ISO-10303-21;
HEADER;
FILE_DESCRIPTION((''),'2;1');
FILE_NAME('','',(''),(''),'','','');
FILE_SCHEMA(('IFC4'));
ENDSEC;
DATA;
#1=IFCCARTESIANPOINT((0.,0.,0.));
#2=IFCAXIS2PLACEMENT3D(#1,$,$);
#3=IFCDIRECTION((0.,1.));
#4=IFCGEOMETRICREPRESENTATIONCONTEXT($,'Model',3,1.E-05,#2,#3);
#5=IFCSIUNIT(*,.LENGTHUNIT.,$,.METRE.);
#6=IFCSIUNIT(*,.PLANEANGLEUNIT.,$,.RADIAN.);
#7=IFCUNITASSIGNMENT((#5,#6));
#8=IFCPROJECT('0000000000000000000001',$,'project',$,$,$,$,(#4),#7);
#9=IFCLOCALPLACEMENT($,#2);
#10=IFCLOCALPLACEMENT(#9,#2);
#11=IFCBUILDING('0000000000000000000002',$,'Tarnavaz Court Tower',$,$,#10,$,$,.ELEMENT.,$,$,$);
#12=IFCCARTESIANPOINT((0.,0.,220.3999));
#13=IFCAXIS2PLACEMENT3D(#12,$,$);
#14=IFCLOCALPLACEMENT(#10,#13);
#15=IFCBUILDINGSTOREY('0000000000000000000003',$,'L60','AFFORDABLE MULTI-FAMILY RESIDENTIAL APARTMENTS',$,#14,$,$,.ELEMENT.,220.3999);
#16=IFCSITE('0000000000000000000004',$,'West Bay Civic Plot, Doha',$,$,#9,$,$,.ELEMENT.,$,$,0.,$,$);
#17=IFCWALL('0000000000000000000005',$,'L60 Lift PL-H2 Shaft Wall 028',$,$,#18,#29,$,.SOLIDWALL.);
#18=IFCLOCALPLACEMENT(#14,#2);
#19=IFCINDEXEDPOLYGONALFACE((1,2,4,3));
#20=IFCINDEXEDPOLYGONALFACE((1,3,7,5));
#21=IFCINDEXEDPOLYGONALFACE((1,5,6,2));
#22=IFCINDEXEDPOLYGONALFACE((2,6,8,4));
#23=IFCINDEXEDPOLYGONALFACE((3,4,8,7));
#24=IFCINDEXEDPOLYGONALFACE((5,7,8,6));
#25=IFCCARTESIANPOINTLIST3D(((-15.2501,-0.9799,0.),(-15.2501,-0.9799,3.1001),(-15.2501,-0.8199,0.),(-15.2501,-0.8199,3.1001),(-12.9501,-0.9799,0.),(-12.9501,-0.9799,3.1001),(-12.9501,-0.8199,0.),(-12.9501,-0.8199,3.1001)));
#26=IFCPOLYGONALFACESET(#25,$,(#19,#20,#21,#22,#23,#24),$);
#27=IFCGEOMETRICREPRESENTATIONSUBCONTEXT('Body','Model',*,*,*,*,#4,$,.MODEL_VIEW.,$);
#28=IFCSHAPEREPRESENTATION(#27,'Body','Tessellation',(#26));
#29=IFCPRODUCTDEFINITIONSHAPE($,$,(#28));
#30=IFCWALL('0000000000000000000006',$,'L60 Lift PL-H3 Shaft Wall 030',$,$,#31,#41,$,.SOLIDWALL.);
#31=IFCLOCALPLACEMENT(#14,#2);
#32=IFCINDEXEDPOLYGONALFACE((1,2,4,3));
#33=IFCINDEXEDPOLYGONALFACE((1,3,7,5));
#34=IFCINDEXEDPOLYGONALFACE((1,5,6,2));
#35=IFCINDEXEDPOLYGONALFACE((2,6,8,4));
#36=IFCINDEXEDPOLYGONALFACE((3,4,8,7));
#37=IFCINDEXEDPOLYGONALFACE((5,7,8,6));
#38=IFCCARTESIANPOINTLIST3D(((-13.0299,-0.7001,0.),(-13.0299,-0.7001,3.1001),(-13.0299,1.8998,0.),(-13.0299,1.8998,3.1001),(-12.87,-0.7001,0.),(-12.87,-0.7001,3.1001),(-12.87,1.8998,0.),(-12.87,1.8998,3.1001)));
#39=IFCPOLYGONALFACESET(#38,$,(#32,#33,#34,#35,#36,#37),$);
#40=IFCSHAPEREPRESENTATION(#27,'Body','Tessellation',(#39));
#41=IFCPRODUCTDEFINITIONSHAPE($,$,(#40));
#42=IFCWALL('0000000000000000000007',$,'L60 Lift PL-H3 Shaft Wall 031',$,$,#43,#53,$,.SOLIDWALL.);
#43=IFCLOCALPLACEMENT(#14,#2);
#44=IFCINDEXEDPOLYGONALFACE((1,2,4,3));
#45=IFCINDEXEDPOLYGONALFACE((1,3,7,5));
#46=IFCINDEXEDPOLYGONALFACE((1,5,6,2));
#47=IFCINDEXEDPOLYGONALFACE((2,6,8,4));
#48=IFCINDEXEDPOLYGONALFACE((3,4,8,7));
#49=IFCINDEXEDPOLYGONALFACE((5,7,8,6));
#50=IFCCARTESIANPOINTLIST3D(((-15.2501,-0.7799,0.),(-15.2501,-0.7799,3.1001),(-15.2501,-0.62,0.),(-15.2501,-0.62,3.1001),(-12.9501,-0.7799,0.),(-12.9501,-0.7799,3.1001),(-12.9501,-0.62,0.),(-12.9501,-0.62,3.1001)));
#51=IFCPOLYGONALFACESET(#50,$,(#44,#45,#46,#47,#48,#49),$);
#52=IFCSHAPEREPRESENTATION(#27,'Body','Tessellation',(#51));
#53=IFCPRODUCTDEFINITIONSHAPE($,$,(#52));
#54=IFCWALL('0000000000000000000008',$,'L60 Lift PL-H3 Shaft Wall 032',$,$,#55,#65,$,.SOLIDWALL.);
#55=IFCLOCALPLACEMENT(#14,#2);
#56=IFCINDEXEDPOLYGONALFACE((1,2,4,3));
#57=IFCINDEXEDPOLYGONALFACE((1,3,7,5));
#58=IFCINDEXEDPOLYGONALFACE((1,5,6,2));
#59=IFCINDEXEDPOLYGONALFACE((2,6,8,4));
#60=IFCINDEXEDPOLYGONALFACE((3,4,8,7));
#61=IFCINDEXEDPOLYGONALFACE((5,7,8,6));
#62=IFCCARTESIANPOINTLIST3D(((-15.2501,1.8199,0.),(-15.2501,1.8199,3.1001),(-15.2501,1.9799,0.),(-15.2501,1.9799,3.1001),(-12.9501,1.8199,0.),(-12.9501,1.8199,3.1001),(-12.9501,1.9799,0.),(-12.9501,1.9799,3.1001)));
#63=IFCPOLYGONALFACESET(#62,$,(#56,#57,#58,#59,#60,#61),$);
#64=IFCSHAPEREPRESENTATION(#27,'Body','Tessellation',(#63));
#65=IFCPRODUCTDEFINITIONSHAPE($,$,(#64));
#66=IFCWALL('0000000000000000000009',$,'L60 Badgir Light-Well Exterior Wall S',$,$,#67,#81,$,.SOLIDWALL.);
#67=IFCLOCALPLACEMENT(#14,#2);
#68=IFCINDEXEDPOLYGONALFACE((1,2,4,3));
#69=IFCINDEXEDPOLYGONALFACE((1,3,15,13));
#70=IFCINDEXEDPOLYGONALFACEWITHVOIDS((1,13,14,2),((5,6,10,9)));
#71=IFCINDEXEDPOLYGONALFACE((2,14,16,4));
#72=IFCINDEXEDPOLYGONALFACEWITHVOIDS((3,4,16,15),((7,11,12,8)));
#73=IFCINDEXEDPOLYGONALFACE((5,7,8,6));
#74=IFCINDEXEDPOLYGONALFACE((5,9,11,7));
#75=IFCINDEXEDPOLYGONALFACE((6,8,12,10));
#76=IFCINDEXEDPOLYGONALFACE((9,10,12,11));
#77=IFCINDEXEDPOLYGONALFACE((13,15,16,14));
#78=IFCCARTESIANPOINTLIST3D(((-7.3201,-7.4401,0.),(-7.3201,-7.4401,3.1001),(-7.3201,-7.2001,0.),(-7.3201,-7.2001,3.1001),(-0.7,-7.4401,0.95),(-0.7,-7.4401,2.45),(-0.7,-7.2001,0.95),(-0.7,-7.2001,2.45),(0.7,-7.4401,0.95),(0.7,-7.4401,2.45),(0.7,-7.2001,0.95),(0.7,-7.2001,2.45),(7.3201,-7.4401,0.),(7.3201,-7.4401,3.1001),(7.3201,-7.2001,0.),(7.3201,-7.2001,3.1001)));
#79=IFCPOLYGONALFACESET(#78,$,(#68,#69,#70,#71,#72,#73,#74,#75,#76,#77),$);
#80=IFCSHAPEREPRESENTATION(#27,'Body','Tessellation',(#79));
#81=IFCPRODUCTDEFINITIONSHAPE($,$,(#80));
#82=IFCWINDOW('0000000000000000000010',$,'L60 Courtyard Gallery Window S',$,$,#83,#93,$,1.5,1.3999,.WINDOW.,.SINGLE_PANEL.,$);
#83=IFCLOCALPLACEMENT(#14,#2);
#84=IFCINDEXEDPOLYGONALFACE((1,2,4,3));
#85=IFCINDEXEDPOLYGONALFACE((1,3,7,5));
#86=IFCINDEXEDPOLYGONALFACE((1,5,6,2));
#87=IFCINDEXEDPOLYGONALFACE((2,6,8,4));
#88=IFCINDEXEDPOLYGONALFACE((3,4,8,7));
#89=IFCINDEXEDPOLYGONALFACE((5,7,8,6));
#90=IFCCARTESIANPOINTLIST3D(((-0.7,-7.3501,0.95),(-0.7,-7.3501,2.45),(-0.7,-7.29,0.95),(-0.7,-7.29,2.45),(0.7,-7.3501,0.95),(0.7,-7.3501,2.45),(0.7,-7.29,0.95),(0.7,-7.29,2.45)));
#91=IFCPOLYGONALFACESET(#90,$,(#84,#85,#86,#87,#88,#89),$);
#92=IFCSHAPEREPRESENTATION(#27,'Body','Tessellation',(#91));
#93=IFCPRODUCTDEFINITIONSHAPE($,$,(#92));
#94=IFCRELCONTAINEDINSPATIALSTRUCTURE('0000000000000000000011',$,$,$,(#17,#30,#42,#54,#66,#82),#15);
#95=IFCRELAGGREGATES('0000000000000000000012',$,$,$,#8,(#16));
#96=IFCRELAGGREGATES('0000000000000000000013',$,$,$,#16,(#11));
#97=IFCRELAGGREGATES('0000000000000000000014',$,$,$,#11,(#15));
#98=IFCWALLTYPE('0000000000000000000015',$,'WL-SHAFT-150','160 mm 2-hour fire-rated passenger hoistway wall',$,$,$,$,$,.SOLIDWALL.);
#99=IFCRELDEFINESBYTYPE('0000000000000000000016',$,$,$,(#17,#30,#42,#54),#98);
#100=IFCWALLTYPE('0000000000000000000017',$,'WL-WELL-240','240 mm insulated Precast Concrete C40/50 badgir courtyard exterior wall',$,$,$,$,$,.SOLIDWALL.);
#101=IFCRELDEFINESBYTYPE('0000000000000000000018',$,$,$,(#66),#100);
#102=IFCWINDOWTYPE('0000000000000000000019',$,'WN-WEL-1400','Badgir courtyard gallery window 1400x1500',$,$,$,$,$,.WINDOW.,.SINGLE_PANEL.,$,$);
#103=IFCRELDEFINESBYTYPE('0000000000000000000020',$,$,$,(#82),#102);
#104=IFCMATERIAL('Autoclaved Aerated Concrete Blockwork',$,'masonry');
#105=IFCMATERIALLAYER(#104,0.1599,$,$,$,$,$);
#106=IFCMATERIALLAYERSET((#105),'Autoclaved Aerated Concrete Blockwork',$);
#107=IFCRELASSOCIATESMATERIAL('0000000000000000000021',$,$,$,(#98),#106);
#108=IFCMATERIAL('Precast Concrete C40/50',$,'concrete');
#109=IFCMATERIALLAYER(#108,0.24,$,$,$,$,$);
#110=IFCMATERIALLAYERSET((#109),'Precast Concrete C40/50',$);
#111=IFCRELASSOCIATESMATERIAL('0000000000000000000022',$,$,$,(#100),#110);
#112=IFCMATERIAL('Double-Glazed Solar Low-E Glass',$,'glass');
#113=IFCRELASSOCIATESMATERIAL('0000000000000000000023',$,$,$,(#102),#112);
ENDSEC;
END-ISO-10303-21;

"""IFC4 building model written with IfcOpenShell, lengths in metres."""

from ifc_helpers import new_model, si_unit, direction, frame, frame_2d, origin, place, context, subcontext, project, spatial, rectangle, extrude, material, layer, layer_set, type_object, element, fill, save


model = new_model("IFC4")

# Units and contexts
model_context = context("Model", 3, precision=1e-05, world=origin(), true_north=direction((0.0, 1.0)))
body_context = subcontext(model_context, "Body", "Model", "MODEL_VIEW")
ifc_project = project(units=[si_unit("LENGTHUNIT", "METRE"), si_unit("PLANEANGLEUNIT", "RADIAN")], contexts=[model_context])

# Site, building, storey
site_placement = place(None, origin())
site = spatial("IfcSite", under=ifc_project, at=site_placement, Name="West Bay Civic Plot, Doha", CompositionType="ELEMENT", RefElevation=0.0)
building_placement = place(site_placement, origin())
building = spatial("IfcBuilding", under=site, at=building_placement, Name="Tarnavaz Court Tower", CompositionType="ELEMENT")
storey_placement = place(building_placement, frame((0.0, 0.0, 220.3999)))
storey = spatial("IfcBuildingStorey", under=building, at=storey_placement, Name="L60", Description="AFFORDABLE MULTI-FAMILY RESIDENTIAL APARTMENTS", CompositionType="ELEMENT", Elevation=220.3999)

# Shared definitions
ifc_material_1 = material(Name="Autoclaved Aerated Concrete Blockwork", Category="masonry")

# Shared definitions
ifc_layer_1 = layer(ifc_material_1, 0.1599)
ifc_layer_set_1 = layer_set([ifc_layer_1], Name="Autoclaved Aerated Concrete Blockwork")
wall_type_1 = type_object("IfcWallType", Name="WL-SHAFT-150", Description="160 mm 2-hour fire-rated passenger hoistway wall", PredefinedType="SOLIDWALL", material=ifc_layer_set_1)

# Wall
for number, where, z_axis, x_axis, name in (
    (1, (-15.25, -0.8999, 0.0), (0.0, 0.0, 1.0), (1.0, 0.0, 0.0), "L60 Lift PL-H2 Shaft Wall 028"),
):
    element("IfcWall", number, at=place(storey_placement, frame(where, z_axis=z_axis, x_axis=x_axis)), inside=storey, type_object=wall_type_1, Name=name, PredefinedType="SOLIDWALL", context=body_context, shape_type="SweptSolid", body=[
        extrude(rectangle(XDim=2.3, YDim=0.1599, at=frame_2d((1.1499, 0.0))), origin(), (0.0, 0.0, 1.0), 3.1001),
    ])

# Walls
wall_1_placement = place(storey_placement, frame((-12.95, -0.7, 0.0), z_axis=(0.0, 0.0, 1.0), x_axis=(0.0, 1.0, 0.0)))
element("IfcWall", 2, at=wall_1_placement, inside=storey, type_object=wall_type_1, Name="L60 Lift PL-H3 Shaft Wall 030", PredefinedType="SOLIDWALL", context=body_context, shape_type="SweptSolid", body=[
    extrude(rectangle(XDim=2.5999, YDim=0.1599, at=frame_2d((1.2998, 0.0))), origin(), (0.0, 0.0, 1.0), 3.1001),
])
for number, where, z_axis, x_axis, name in (
    (3, (-15.25, -0.7, 0.0), (0.0, 0.0, 1.0), (1.0, 0.0, 0.0), "L60 Lift PL-H3 Shaft Wall 031"),
    (4, (-15.25, 1.8999, 0.0), (0.0, 0.0, 1.0), (1.0, 0.0, 0.0), "L60 Lift PL-H3 Shaft Wall 032"),
):
    element("IfcWall", number, at=place(storey_placement, frame(where, z_axis=z_axis, x_axis=x_axis)), inside=storey, type_object=wall_type_1, Name=name, PredefinedType="SOLIDWALL", context=body_context, shape_type="SweptSolid", body=[
        extrude(rectangle(XDim=2.3, YDim=0.1599, at=frame_2d((1.1499, 0.0))), origin(), (0.0, 0.0, 1.0), 3.1001),
    ])

# Wall, opening, window
ifc_material_2 = material(Name="Precast Concrete C40/50", Category="concrete")
ifc_layer_2 = layer(ifc_material_2, 0.24)
ifc_layer_set_2 = layer_set([ifc_layer_2], Name="Precast Concrete C40/50")
wall_type_2 = type_object("IfcWallType", Name="WL-WELL-240", Description="240 mm insulated Precast Concrete C40/50 badgir courtyard exterior wall", PredefinedType="SOLIDWALL", material=ifc_layer_set_2)
wall_2_placement = place(storey_placement, frame((-7.3201, -7.3201, 0.0), z_axis=(0.0, 0.0, 1.0), x_axis=(1.0, 0.0, 0.0)))
wall_2 = element("IfcWall", 5, at=wall_2_placement, inside=storey, type_object=wall_type_2, Name="L60 Badgir Light-Well Exterior Wall S", PredefinedType="SOLIDWALL", context=body_context, shape_type="SweptSolid", body=[
    extrude(rectangle(XDim=14.6401, YDim=0.24, at=frame_2d((7.3201, 0.0))), origin(), (0.0, 0.0, 1.0), 3.1001),
])
opening_1_placement = place(wall_2_placement, frame((6.6201, 0.0, 0.95)))
opening_1 = element("IfcOpeningElement", 6, at=opening_1_placement, cuts=wall_2, PredefinedType="OPENING", context=body_context, shape_type="SweptSolid", body=[
    extrude(rectangle(XDim=1.3999, YDim=1.5, at=frame_2d((0.7, 0.75))), frame((0.0, 0.1299, 0.0), z_axis=(0.0, -1.0, 0.0), x_axis=(1.0, 0.0, 0.0)), (0.0, 0.0, 1.0), 0.26),
])
ifc_material_3 = material(Name="Double-Glazed Solar Low-E Glass", Category="glass")
window_type = type_object("IfcWindowType", Name="WN-WEL-1400", Description="Badgir courtyard gallery window 1400x1500", PartitioningType="SINGLE_PANEL", PredefinedType="WINDOW", material=ifc_material_3)
window_placement = place(opening_1_placement, origin())
window = element("IfcWindow", 7, at=window_placement, inside=storey, type_object=window_type, Name="L60 Courtyard Gallery Window S", OverallHeight=1.5, OverallWidth=1.3999, PartitioningType="SINGLE_PANEL", PredefinedType="WINDOW", context=body_context, shape_type="SweptSolid", body=[
    extrude(rectangle(XDim=1.3999, YDim=1.5, at=frame_2d((0.7, 0.75))), frame((0.0, 0.03, 0.0), z_axis=(0.0, -1.0, 0.0), x_axis=(1.0, 0.0, 0.0)), (0.0, 0.0, 1.0), 0.0601),
])
fill(opening_1, window)

save(model, "model.ifc")
